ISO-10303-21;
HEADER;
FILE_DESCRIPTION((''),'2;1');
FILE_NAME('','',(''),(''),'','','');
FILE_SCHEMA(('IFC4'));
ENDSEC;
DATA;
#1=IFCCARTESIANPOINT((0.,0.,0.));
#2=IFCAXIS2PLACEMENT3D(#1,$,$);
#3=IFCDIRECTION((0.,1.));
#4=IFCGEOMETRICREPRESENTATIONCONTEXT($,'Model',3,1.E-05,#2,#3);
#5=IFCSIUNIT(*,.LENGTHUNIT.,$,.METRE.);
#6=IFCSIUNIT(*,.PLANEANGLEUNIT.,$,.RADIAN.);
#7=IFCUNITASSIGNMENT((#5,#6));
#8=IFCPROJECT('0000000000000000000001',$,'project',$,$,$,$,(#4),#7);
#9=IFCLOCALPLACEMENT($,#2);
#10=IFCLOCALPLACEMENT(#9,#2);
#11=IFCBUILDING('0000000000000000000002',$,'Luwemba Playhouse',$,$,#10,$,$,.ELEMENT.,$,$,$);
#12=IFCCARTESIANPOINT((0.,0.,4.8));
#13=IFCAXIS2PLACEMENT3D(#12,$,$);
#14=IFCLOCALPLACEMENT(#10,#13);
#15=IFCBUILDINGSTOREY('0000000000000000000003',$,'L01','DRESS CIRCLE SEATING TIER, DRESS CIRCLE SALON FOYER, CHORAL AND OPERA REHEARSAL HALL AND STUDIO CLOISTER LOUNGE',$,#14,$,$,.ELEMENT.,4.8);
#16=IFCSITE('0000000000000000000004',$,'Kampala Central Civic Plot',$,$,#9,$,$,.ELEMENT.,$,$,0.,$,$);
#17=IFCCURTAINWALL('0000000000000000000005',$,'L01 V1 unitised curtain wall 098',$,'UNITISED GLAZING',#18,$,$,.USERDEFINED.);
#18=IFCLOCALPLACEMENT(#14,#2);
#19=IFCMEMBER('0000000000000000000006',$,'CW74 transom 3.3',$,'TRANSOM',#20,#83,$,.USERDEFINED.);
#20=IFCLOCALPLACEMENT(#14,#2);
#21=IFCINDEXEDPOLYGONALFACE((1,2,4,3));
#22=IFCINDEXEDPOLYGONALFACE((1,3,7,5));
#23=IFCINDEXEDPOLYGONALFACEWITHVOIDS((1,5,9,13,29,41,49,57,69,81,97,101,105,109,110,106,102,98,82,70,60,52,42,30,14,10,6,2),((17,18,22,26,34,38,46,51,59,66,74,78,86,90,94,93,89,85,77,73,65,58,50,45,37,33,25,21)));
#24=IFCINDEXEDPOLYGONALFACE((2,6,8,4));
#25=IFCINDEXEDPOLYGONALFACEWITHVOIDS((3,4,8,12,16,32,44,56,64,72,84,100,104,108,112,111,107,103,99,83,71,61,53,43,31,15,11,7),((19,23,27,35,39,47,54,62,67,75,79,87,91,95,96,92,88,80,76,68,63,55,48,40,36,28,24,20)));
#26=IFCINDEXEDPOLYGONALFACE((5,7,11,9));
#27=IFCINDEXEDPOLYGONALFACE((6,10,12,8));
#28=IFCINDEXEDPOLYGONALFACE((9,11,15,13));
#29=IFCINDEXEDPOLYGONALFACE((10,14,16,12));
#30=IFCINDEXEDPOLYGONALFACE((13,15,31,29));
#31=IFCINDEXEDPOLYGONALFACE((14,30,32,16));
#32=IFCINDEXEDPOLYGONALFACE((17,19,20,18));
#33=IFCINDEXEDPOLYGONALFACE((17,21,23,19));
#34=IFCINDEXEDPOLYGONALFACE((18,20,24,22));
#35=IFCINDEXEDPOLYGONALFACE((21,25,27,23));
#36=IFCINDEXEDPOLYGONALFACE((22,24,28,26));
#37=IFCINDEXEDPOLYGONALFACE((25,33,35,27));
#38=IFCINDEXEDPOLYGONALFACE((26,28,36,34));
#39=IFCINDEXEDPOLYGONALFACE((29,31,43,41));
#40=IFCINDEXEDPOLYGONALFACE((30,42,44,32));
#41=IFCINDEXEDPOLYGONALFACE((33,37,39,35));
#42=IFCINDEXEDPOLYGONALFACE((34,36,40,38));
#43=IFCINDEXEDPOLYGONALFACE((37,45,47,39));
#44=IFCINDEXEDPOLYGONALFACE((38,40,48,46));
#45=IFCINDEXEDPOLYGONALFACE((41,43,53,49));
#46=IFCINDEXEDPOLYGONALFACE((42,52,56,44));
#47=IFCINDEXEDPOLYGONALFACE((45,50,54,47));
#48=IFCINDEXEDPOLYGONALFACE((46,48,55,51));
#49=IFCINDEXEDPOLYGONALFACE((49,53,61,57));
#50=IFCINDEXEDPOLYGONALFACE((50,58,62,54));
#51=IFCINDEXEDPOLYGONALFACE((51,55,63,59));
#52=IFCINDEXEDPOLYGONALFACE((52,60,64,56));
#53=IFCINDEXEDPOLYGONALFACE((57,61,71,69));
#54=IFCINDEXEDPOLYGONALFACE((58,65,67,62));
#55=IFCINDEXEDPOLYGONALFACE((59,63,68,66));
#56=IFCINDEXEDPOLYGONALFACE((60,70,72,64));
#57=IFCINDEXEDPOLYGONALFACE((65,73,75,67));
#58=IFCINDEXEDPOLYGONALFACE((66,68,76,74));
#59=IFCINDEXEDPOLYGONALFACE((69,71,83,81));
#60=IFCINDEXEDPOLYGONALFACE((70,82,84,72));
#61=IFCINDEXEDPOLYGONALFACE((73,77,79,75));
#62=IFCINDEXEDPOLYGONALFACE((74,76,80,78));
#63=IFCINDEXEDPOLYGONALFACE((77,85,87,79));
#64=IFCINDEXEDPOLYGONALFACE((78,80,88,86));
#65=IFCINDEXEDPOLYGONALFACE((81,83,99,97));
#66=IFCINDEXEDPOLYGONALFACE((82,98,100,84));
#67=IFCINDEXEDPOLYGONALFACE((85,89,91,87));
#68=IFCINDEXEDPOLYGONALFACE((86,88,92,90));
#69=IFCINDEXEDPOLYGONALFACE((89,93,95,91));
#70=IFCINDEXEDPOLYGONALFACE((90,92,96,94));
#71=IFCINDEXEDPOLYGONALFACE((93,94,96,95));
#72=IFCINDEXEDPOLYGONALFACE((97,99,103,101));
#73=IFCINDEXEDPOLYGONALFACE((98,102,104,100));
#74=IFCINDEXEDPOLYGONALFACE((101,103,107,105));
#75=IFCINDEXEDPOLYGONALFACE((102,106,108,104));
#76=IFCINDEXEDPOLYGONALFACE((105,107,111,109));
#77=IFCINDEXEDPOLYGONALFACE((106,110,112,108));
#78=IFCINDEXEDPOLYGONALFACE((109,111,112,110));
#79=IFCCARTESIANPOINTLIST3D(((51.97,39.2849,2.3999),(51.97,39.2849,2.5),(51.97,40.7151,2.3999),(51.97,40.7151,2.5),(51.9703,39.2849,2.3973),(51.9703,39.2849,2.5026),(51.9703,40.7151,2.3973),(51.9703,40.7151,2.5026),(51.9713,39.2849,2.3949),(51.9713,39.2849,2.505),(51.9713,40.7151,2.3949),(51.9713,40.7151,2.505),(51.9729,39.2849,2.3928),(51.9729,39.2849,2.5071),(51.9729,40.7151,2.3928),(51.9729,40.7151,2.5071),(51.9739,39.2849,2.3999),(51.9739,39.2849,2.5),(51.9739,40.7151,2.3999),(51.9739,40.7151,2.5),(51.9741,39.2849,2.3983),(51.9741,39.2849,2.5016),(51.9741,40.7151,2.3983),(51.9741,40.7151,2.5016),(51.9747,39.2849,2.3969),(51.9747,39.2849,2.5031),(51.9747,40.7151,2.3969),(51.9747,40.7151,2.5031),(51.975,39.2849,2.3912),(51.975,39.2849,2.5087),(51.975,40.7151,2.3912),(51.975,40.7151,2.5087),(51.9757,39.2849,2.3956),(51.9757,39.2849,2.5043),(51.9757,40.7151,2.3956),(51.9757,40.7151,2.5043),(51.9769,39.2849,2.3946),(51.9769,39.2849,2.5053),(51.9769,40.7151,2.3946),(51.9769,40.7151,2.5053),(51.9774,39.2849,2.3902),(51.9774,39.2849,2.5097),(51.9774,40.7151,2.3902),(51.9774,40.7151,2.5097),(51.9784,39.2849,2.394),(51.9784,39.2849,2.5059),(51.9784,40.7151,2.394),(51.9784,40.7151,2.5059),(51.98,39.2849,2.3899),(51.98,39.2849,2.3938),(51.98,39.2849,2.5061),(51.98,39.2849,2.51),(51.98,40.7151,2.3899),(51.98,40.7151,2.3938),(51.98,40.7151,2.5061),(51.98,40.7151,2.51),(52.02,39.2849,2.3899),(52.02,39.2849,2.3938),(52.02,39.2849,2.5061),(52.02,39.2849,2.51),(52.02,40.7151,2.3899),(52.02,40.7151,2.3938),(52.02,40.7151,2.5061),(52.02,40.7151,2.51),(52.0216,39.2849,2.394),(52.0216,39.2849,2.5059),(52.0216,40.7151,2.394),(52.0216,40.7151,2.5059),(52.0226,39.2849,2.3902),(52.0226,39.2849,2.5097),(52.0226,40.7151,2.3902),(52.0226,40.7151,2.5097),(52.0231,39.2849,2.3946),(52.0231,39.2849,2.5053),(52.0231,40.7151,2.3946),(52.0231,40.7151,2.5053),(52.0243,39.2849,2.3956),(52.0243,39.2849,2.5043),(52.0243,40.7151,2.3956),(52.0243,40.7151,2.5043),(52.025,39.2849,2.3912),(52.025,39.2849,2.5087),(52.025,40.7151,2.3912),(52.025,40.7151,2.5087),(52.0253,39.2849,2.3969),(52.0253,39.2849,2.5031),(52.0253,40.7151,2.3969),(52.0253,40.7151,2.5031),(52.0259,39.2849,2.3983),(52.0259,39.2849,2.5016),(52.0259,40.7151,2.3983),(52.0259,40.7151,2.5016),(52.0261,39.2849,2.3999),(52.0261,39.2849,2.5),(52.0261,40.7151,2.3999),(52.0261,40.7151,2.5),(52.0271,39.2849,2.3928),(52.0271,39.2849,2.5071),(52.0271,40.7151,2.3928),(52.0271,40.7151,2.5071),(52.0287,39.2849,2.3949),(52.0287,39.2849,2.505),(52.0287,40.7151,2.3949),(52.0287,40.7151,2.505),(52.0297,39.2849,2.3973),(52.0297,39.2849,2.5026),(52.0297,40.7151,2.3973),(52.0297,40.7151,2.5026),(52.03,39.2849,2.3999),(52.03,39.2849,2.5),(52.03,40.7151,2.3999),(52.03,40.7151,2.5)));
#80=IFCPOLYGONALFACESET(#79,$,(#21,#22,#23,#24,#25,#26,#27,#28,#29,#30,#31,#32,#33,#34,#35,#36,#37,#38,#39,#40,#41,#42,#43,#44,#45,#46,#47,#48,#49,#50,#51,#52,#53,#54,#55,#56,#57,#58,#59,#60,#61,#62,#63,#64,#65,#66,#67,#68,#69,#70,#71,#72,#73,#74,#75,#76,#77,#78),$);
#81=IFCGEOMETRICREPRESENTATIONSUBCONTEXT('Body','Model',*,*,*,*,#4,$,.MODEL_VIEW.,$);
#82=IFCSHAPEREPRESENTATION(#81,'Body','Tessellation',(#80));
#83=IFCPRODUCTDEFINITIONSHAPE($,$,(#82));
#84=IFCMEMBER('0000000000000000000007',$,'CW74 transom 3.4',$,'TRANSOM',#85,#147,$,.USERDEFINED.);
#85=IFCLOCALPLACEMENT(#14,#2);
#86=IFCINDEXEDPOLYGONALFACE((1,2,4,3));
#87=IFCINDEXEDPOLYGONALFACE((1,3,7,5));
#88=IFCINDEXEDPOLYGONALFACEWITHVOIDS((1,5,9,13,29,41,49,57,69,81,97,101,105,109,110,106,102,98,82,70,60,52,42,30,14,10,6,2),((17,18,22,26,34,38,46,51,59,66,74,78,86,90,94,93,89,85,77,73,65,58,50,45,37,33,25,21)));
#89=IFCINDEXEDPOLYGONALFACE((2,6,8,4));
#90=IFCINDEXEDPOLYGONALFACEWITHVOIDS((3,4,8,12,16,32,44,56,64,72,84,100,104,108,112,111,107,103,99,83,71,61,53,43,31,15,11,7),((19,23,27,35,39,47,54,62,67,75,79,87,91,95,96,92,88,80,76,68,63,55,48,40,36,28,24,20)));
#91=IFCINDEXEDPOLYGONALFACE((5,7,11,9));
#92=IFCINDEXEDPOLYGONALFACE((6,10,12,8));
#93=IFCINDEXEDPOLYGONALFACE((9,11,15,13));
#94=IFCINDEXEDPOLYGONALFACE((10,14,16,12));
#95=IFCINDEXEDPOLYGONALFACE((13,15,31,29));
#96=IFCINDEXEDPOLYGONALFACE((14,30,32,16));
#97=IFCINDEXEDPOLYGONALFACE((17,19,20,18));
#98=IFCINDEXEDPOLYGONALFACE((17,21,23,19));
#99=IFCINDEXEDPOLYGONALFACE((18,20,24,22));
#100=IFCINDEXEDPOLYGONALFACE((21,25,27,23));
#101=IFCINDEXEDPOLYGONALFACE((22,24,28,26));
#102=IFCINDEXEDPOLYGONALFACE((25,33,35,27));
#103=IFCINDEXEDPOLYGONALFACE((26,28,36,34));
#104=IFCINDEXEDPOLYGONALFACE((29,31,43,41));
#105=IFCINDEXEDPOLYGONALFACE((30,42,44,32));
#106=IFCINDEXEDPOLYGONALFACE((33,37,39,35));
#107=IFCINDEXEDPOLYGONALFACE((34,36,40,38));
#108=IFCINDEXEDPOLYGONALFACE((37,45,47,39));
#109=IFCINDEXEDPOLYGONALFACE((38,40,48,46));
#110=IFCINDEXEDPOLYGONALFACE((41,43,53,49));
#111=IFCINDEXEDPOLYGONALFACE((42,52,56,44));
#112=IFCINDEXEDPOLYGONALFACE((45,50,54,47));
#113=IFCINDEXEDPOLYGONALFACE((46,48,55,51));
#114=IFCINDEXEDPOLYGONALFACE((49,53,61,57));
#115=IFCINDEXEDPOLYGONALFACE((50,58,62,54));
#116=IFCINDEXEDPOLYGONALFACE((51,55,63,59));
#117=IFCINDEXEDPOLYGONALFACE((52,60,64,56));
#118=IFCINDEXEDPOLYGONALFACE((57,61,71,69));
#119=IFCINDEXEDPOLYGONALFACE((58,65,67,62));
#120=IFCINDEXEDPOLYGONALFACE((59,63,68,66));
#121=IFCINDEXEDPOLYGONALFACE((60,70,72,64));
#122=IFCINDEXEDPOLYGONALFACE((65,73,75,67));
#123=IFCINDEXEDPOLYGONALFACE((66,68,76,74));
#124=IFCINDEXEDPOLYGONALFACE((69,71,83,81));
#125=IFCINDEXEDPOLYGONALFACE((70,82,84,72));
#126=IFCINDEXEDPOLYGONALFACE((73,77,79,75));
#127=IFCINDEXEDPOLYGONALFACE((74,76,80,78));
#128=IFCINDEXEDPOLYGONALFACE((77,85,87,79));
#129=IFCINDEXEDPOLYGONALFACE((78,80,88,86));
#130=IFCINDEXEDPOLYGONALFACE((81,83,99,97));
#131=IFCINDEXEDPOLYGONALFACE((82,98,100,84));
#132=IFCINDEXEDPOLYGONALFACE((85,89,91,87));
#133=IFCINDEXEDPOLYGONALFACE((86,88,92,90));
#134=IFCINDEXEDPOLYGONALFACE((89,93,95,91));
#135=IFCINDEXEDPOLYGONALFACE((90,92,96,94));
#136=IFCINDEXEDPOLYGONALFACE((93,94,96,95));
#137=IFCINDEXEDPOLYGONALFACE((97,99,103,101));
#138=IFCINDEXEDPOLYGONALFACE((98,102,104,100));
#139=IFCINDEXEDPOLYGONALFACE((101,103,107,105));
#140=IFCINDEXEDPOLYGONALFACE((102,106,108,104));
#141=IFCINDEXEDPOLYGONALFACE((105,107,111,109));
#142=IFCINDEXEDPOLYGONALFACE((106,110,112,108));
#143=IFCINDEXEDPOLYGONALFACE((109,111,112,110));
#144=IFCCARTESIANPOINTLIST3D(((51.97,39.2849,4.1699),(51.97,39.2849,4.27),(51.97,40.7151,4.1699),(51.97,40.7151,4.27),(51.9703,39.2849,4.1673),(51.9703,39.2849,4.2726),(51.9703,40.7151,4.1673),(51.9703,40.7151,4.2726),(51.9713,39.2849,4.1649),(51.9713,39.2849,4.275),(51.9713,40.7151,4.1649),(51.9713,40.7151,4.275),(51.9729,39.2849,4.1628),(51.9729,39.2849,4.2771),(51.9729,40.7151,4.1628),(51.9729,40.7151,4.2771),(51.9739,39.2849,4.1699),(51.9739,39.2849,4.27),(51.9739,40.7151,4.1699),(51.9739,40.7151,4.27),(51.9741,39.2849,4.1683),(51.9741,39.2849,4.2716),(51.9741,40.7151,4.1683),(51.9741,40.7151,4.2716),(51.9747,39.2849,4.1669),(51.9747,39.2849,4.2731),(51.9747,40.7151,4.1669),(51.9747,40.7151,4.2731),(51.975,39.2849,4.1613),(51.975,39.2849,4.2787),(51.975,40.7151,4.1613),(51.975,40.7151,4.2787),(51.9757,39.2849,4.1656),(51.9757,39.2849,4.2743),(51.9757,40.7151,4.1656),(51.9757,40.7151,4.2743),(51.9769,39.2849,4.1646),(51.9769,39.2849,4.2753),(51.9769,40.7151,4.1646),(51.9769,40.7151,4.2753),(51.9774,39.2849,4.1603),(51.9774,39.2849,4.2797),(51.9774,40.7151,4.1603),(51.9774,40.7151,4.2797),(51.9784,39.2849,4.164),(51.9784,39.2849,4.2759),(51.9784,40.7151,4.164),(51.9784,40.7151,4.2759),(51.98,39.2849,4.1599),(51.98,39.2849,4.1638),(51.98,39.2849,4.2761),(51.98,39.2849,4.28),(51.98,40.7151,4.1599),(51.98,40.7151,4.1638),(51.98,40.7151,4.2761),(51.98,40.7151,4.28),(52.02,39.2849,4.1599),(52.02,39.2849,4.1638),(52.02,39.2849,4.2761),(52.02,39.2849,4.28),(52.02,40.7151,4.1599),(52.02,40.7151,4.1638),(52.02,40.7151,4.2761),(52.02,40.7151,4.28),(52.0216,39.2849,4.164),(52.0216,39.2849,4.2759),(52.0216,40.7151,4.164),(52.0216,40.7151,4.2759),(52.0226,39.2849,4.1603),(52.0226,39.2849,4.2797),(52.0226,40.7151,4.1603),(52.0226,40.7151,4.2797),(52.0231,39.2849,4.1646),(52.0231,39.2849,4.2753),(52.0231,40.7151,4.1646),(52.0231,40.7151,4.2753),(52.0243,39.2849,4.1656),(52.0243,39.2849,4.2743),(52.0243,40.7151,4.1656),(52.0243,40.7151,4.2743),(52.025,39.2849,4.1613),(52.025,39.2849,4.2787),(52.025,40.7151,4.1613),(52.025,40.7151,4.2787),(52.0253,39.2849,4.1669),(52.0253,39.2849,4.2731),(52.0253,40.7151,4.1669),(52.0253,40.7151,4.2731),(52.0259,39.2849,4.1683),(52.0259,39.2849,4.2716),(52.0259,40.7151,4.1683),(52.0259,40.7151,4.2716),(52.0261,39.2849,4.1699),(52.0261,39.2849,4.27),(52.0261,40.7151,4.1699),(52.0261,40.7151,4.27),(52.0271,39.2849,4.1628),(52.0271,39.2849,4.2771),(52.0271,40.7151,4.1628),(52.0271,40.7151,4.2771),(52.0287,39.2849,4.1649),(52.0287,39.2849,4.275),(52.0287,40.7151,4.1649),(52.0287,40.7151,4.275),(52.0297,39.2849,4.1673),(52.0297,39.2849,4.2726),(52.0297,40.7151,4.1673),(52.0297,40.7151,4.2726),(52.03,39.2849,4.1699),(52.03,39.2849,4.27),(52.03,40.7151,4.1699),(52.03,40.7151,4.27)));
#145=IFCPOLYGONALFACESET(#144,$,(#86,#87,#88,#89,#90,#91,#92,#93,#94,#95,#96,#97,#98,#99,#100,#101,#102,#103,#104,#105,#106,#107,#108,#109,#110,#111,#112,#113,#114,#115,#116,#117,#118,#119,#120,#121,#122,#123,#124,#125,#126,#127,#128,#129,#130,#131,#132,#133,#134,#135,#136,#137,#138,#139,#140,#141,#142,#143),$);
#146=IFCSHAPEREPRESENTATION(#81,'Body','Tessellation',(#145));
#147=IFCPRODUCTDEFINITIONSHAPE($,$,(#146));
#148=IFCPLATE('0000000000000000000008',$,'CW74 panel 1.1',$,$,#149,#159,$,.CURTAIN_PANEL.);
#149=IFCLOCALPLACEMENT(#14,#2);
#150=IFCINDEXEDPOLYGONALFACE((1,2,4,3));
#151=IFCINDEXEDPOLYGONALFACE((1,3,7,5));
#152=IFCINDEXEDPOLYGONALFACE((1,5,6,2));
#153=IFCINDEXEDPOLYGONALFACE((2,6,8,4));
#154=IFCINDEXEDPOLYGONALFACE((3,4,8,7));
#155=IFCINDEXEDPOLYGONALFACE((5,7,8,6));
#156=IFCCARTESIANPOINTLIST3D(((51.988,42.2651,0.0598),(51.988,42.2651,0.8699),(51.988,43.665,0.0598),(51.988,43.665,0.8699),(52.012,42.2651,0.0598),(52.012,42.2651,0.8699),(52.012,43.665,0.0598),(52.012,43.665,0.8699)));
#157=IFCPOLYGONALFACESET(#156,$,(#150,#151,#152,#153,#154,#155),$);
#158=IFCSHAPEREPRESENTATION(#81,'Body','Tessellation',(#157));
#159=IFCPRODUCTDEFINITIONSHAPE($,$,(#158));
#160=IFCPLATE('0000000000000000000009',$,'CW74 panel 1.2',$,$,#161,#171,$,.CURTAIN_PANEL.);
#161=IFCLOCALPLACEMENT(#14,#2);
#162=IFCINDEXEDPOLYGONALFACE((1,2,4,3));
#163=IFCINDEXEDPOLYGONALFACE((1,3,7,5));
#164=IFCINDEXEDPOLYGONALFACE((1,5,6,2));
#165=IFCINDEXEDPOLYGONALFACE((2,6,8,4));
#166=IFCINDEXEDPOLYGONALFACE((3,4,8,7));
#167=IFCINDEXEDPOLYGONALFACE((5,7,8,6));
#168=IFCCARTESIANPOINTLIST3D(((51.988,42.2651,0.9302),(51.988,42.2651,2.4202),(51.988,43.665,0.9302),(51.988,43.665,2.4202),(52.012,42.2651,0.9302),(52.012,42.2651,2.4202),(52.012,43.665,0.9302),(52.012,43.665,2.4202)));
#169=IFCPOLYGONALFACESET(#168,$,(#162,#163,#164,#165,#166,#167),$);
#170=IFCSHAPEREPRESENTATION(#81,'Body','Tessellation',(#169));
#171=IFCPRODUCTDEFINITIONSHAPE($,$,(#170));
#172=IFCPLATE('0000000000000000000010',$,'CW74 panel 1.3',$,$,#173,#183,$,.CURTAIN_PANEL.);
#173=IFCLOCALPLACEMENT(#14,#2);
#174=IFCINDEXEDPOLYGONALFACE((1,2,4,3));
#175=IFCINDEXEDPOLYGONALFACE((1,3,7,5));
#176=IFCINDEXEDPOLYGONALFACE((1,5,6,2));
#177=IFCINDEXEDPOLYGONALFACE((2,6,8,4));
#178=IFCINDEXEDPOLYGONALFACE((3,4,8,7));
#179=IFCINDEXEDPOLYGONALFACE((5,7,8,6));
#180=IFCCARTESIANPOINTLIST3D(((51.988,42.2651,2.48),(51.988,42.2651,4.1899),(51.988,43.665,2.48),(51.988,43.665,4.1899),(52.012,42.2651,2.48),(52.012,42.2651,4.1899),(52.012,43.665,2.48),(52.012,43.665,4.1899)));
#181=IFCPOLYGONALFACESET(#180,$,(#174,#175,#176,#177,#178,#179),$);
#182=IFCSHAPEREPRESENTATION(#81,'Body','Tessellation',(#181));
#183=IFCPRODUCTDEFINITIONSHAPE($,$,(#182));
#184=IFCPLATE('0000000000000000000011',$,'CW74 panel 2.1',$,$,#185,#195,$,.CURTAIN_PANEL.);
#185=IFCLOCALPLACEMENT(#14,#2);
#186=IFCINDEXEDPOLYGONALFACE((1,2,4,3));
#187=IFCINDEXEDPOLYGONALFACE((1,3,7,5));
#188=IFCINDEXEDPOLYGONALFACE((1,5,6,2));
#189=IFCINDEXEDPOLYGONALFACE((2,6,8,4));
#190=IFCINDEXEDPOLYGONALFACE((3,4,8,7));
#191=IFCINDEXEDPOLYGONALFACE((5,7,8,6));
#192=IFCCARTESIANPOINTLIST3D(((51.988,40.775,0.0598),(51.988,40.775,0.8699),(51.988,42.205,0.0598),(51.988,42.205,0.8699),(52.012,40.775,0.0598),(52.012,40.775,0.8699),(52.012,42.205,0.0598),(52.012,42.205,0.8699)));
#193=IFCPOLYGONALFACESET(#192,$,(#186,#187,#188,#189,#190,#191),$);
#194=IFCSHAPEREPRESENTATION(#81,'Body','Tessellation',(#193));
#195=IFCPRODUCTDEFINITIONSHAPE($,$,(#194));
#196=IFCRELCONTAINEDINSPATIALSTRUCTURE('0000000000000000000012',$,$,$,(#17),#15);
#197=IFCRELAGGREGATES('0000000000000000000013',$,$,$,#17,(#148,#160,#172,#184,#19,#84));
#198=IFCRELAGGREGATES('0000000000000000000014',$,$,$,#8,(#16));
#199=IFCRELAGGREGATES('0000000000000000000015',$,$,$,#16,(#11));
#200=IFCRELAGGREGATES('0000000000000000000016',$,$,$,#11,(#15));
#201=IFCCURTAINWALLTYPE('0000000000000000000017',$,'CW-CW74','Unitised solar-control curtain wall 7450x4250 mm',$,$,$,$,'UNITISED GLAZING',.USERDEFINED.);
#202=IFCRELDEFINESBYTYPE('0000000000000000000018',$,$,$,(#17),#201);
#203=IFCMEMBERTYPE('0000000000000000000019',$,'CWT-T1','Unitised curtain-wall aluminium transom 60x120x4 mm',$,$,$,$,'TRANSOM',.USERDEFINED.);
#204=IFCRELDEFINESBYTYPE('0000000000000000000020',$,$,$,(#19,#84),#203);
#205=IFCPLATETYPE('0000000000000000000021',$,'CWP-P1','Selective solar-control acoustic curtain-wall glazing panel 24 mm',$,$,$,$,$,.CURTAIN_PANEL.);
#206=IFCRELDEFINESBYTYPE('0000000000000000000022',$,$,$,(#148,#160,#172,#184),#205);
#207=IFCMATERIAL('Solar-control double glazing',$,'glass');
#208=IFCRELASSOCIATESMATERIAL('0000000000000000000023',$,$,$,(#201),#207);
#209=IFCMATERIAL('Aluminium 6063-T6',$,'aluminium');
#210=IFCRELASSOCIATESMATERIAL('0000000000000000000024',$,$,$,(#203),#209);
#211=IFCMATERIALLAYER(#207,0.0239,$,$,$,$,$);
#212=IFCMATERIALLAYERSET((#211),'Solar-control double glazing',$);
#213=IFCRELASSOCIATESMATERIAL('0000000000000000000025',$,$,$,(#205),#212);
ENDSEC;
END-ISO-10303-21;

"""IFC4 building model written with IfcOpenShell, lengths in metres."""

from ifc_helpers import new_model, si_unit, direction, frame, origin, origin_2d, place, context, subcontext, project, spatial, rectangle, hollow_rectangle, extrude, material, layer, layer_set, material_profile, profile_set, type_object, element, aggregate, save


model = new_model("IFC4")

# Units and contexts
model_context = context("Model", 3, precision=1e-05, world=origin(), true_north=direction((0.0, 1.0)))
body_context = subcontext(model_context, "Body", "Model", "MODEL_VIEW")
ifc_project = project(units=[si_unit("LENGTHUNIT", "METRE"), si_unit("PLANEANGLEUNIT", "RADIAN")], contexts=[model_context])

# Site, building, storey
site_placement = place(None, origin())
site = spatial("IfcSite", under=ifc_project, at=site_placement, Name="Kampala Central Civic Plot", CompositionType="ELEMENT", RefElevation=0.0)
building_placement = place(site_placement, origin())
building = spatial("IfcBuilding", under=site, at=building_placement, Name="Luwemba Playhouse", CompositionType="ELEMENT")
storey_placement = place(building_placement, frame((0.0, 0.0, 4.8)))
storey = spatial("IfcBuildingStorey", under=building, at=storey_placement, Name="L01", Description="DRESS CIRCLE SEATING TIER, DRESS CIRCLE SALON FOYER, CHORAL AND OPERA REHEARSAL HALL AND STUDIO CLOISTER LOUNGE", CompositionType="ELEMENT", Elevation=4.8)

# Curtain wall
ifc_material_1 = material(Name="Solar-control double glazing", Category="glass")
curtain_wall_type_1 = type_object("IfcCurtainWallType", Name="CW-CW74", Description="Unitised solar-control curtain wall 7450x4250 mm", ElementType="UNITISED GLAZING", PredefinedType="USERDEFINED", material=ifc_material_1)
curtain_wall_1_placement = place(storey_placement, origin())
curtain_wall_1 = element("IfcCurtainWall", 1, at=curtain_wall_1_placement, inside=storey, type_object=curtain_wall_type_1, Name="L01 V1 unitised curtain wall 098", ObjectType="UNITISED GLAZING", PredefinedType="USERDEFINED")
ifc_material_2 = material(Name="Aluminium 6063-T6", Category="aluminium")

# Members
ifc_material_profile_1 = material_profile(ifc_material_2, hollow_rectangle(XDim=0.0601, YDim=0.1201, WallThickness=0.0039, InnerFilletRadius=0.0061, OuterFilletRadius=0.01, at=origin_2d()))
ifc_profile_set_1 = profile_set([ifc_material_profile_1], Name="Aluminium 6063-T6")
member_type_1 = type_object("IfcMemberType", Name="CWT-T1", Description="Unitised curtain-wall aluminium transom 60x120x4 mm", ElementType="TRANSOM", PredefinedType="USERDEFINED", material=ifc_profile_set_1)
member_1_placement = place(storey_placement, frame((52.0, 40.7151, 2.45), z_axis=(0.0, -1.0, 0.0), x_axis=(1.0, 0.0, 0.0)))
member_1 = element("IfcMember", 2, at=member_1_placement, type_object=member_type_1, Name="CW74 transom 3.3", ObjectType="TRANSOM", PredefinedType="USERDEFINED", context=body_context, shape_type="SweptSolid", body=[
    extrude(hollow_rectangle(XDim=0.0601, YDim=0.1201, WallThickness=0.0039, InnerFilletRadius=0.0061, OuterFilletRadius=0.01, at=origin_2d()), origin(), (0.0, 0.0, 1.0), 1.4302),
])
member_2_placement = place(storey_placement, frame((52.0, 40.7151, 4.22), z_axis=(0.0, -1.0, 0.0), x_axis=(1.0, 0.0, 0.0)))
member_2 = element("IfcMember", 3, at=member_2_placement, type_object=member_type_1, Name="CW74 transom 3.4", ObjectType="TRANSOM", PredefinedType="USERDEFINED", context=body_context, shape_type="SweptSolid", body=[
    extrude(hollow_rectangle(XDim=0.0601, YDim=0.1201, WallThickness=0.0039, InnerFilletRadius=0.0061, OuterFilletRadius=0.01, at=origin_2d()), origin(), (0.0, 0.0, 1.0), 1.4302),
])

# Plates
ifc_layer_1 = layer(ifc_material_1, 0.0239)
ifc_layer_set_1 = layer_set([ifc_layer_1], Name="Solar-control double glazing")
plate_type_1 = type_object("IfcPlateType", Name="CWP-P1", Description="Selective solar-control acoustic curtain-wall glazing panel 24 mm", PredefinedType="CURTAIN_PANEL", material=ifc_layer_set_1)
plate_1_placement = place(storey_placement, frame((52.0, 42.9651, 0.0598), z_axis=(0.0, 0.0, 1.0), x_axis=(0.0, -1.0, 0.0)))
plate_1 = element("IfcPlate", 4, at=plate_1_placement, type_object=plate_type_1, Name="CW74 panel 1.1", PredefinedType="CURTAIN_PANEL", context=body_context, shape_type="SweptSolid", body=[
    extrude(rectangle(XDim=1.3999, YDim=0.0239, at=origin_2d()), origin(), (0.0, 0.0, 1.0), 0.8101),
])
plate_2_placement = place(storey_placement, frame((52.0, 42.9651, 0.9302), z_axis=(0.0, 0.0, 1.0), x_axis=(0.0, -1.0, 0.0)))
plate_2 = element("IfcPlate", 5, at=plate_2_placement, type_object=plate_type_1, Name="CW74 panel 1.2", PredefinedType="CURTAIN_PANEL", context=body_context, shape_type="SweptSolid", body=[
    extrude(rectangle(XDim=1.3999, YDim=0.0239, at=origin_2d()), origin(), (0.0, 0.0, 1.0), 1.49),
])
plate_3_placement = place(storey_placement, frame((52.0, 42.9651, 2.48), z_axis=(0.0, 0.0, 1.0), x_axis=(0.0, -1.0, 0.0)))
plate_3 = element("IfcPlate", 6, at=plate_3_placement, type_object=plate_type_1, Name="CW74 panel 1.3", PredefinedType="CURTAIN_PANEL", context=body_context, shape_type="SweptSolid", body=[
    extrude(rectangle(XDim=1.3999, YDim=0.0239, at=origin_2d()), origin(), (0.0, 0.0, 1.0), 1.71),
])
plate_4_placement = place(storey_placement, frame((52.0, 41.49, 0.0598), z_axis=(0.0, 0.0, 1.0), x_axis=(0.0, -1.0, 0.0)))
plate_4 = element("IfcPlate", 7, at=plate_4_placement, type_object=plate_type_1, Name="CW74 panel 2.1", PredefinedType="CURTAIN_PANEL", context=body_context, shape_type="SweptSolid", body=[
    extrude(rectangle(XDim=1.4299, YDim=0.0239, at=origin_2d()), origin(), (0.0, 0.0, 1.0), 0.8101),
])
aggregate(curtain_wall_1, [plate_1, plate_2, plate_3, plate_4, member_1, member_2])

save(model, "model.ifc")
